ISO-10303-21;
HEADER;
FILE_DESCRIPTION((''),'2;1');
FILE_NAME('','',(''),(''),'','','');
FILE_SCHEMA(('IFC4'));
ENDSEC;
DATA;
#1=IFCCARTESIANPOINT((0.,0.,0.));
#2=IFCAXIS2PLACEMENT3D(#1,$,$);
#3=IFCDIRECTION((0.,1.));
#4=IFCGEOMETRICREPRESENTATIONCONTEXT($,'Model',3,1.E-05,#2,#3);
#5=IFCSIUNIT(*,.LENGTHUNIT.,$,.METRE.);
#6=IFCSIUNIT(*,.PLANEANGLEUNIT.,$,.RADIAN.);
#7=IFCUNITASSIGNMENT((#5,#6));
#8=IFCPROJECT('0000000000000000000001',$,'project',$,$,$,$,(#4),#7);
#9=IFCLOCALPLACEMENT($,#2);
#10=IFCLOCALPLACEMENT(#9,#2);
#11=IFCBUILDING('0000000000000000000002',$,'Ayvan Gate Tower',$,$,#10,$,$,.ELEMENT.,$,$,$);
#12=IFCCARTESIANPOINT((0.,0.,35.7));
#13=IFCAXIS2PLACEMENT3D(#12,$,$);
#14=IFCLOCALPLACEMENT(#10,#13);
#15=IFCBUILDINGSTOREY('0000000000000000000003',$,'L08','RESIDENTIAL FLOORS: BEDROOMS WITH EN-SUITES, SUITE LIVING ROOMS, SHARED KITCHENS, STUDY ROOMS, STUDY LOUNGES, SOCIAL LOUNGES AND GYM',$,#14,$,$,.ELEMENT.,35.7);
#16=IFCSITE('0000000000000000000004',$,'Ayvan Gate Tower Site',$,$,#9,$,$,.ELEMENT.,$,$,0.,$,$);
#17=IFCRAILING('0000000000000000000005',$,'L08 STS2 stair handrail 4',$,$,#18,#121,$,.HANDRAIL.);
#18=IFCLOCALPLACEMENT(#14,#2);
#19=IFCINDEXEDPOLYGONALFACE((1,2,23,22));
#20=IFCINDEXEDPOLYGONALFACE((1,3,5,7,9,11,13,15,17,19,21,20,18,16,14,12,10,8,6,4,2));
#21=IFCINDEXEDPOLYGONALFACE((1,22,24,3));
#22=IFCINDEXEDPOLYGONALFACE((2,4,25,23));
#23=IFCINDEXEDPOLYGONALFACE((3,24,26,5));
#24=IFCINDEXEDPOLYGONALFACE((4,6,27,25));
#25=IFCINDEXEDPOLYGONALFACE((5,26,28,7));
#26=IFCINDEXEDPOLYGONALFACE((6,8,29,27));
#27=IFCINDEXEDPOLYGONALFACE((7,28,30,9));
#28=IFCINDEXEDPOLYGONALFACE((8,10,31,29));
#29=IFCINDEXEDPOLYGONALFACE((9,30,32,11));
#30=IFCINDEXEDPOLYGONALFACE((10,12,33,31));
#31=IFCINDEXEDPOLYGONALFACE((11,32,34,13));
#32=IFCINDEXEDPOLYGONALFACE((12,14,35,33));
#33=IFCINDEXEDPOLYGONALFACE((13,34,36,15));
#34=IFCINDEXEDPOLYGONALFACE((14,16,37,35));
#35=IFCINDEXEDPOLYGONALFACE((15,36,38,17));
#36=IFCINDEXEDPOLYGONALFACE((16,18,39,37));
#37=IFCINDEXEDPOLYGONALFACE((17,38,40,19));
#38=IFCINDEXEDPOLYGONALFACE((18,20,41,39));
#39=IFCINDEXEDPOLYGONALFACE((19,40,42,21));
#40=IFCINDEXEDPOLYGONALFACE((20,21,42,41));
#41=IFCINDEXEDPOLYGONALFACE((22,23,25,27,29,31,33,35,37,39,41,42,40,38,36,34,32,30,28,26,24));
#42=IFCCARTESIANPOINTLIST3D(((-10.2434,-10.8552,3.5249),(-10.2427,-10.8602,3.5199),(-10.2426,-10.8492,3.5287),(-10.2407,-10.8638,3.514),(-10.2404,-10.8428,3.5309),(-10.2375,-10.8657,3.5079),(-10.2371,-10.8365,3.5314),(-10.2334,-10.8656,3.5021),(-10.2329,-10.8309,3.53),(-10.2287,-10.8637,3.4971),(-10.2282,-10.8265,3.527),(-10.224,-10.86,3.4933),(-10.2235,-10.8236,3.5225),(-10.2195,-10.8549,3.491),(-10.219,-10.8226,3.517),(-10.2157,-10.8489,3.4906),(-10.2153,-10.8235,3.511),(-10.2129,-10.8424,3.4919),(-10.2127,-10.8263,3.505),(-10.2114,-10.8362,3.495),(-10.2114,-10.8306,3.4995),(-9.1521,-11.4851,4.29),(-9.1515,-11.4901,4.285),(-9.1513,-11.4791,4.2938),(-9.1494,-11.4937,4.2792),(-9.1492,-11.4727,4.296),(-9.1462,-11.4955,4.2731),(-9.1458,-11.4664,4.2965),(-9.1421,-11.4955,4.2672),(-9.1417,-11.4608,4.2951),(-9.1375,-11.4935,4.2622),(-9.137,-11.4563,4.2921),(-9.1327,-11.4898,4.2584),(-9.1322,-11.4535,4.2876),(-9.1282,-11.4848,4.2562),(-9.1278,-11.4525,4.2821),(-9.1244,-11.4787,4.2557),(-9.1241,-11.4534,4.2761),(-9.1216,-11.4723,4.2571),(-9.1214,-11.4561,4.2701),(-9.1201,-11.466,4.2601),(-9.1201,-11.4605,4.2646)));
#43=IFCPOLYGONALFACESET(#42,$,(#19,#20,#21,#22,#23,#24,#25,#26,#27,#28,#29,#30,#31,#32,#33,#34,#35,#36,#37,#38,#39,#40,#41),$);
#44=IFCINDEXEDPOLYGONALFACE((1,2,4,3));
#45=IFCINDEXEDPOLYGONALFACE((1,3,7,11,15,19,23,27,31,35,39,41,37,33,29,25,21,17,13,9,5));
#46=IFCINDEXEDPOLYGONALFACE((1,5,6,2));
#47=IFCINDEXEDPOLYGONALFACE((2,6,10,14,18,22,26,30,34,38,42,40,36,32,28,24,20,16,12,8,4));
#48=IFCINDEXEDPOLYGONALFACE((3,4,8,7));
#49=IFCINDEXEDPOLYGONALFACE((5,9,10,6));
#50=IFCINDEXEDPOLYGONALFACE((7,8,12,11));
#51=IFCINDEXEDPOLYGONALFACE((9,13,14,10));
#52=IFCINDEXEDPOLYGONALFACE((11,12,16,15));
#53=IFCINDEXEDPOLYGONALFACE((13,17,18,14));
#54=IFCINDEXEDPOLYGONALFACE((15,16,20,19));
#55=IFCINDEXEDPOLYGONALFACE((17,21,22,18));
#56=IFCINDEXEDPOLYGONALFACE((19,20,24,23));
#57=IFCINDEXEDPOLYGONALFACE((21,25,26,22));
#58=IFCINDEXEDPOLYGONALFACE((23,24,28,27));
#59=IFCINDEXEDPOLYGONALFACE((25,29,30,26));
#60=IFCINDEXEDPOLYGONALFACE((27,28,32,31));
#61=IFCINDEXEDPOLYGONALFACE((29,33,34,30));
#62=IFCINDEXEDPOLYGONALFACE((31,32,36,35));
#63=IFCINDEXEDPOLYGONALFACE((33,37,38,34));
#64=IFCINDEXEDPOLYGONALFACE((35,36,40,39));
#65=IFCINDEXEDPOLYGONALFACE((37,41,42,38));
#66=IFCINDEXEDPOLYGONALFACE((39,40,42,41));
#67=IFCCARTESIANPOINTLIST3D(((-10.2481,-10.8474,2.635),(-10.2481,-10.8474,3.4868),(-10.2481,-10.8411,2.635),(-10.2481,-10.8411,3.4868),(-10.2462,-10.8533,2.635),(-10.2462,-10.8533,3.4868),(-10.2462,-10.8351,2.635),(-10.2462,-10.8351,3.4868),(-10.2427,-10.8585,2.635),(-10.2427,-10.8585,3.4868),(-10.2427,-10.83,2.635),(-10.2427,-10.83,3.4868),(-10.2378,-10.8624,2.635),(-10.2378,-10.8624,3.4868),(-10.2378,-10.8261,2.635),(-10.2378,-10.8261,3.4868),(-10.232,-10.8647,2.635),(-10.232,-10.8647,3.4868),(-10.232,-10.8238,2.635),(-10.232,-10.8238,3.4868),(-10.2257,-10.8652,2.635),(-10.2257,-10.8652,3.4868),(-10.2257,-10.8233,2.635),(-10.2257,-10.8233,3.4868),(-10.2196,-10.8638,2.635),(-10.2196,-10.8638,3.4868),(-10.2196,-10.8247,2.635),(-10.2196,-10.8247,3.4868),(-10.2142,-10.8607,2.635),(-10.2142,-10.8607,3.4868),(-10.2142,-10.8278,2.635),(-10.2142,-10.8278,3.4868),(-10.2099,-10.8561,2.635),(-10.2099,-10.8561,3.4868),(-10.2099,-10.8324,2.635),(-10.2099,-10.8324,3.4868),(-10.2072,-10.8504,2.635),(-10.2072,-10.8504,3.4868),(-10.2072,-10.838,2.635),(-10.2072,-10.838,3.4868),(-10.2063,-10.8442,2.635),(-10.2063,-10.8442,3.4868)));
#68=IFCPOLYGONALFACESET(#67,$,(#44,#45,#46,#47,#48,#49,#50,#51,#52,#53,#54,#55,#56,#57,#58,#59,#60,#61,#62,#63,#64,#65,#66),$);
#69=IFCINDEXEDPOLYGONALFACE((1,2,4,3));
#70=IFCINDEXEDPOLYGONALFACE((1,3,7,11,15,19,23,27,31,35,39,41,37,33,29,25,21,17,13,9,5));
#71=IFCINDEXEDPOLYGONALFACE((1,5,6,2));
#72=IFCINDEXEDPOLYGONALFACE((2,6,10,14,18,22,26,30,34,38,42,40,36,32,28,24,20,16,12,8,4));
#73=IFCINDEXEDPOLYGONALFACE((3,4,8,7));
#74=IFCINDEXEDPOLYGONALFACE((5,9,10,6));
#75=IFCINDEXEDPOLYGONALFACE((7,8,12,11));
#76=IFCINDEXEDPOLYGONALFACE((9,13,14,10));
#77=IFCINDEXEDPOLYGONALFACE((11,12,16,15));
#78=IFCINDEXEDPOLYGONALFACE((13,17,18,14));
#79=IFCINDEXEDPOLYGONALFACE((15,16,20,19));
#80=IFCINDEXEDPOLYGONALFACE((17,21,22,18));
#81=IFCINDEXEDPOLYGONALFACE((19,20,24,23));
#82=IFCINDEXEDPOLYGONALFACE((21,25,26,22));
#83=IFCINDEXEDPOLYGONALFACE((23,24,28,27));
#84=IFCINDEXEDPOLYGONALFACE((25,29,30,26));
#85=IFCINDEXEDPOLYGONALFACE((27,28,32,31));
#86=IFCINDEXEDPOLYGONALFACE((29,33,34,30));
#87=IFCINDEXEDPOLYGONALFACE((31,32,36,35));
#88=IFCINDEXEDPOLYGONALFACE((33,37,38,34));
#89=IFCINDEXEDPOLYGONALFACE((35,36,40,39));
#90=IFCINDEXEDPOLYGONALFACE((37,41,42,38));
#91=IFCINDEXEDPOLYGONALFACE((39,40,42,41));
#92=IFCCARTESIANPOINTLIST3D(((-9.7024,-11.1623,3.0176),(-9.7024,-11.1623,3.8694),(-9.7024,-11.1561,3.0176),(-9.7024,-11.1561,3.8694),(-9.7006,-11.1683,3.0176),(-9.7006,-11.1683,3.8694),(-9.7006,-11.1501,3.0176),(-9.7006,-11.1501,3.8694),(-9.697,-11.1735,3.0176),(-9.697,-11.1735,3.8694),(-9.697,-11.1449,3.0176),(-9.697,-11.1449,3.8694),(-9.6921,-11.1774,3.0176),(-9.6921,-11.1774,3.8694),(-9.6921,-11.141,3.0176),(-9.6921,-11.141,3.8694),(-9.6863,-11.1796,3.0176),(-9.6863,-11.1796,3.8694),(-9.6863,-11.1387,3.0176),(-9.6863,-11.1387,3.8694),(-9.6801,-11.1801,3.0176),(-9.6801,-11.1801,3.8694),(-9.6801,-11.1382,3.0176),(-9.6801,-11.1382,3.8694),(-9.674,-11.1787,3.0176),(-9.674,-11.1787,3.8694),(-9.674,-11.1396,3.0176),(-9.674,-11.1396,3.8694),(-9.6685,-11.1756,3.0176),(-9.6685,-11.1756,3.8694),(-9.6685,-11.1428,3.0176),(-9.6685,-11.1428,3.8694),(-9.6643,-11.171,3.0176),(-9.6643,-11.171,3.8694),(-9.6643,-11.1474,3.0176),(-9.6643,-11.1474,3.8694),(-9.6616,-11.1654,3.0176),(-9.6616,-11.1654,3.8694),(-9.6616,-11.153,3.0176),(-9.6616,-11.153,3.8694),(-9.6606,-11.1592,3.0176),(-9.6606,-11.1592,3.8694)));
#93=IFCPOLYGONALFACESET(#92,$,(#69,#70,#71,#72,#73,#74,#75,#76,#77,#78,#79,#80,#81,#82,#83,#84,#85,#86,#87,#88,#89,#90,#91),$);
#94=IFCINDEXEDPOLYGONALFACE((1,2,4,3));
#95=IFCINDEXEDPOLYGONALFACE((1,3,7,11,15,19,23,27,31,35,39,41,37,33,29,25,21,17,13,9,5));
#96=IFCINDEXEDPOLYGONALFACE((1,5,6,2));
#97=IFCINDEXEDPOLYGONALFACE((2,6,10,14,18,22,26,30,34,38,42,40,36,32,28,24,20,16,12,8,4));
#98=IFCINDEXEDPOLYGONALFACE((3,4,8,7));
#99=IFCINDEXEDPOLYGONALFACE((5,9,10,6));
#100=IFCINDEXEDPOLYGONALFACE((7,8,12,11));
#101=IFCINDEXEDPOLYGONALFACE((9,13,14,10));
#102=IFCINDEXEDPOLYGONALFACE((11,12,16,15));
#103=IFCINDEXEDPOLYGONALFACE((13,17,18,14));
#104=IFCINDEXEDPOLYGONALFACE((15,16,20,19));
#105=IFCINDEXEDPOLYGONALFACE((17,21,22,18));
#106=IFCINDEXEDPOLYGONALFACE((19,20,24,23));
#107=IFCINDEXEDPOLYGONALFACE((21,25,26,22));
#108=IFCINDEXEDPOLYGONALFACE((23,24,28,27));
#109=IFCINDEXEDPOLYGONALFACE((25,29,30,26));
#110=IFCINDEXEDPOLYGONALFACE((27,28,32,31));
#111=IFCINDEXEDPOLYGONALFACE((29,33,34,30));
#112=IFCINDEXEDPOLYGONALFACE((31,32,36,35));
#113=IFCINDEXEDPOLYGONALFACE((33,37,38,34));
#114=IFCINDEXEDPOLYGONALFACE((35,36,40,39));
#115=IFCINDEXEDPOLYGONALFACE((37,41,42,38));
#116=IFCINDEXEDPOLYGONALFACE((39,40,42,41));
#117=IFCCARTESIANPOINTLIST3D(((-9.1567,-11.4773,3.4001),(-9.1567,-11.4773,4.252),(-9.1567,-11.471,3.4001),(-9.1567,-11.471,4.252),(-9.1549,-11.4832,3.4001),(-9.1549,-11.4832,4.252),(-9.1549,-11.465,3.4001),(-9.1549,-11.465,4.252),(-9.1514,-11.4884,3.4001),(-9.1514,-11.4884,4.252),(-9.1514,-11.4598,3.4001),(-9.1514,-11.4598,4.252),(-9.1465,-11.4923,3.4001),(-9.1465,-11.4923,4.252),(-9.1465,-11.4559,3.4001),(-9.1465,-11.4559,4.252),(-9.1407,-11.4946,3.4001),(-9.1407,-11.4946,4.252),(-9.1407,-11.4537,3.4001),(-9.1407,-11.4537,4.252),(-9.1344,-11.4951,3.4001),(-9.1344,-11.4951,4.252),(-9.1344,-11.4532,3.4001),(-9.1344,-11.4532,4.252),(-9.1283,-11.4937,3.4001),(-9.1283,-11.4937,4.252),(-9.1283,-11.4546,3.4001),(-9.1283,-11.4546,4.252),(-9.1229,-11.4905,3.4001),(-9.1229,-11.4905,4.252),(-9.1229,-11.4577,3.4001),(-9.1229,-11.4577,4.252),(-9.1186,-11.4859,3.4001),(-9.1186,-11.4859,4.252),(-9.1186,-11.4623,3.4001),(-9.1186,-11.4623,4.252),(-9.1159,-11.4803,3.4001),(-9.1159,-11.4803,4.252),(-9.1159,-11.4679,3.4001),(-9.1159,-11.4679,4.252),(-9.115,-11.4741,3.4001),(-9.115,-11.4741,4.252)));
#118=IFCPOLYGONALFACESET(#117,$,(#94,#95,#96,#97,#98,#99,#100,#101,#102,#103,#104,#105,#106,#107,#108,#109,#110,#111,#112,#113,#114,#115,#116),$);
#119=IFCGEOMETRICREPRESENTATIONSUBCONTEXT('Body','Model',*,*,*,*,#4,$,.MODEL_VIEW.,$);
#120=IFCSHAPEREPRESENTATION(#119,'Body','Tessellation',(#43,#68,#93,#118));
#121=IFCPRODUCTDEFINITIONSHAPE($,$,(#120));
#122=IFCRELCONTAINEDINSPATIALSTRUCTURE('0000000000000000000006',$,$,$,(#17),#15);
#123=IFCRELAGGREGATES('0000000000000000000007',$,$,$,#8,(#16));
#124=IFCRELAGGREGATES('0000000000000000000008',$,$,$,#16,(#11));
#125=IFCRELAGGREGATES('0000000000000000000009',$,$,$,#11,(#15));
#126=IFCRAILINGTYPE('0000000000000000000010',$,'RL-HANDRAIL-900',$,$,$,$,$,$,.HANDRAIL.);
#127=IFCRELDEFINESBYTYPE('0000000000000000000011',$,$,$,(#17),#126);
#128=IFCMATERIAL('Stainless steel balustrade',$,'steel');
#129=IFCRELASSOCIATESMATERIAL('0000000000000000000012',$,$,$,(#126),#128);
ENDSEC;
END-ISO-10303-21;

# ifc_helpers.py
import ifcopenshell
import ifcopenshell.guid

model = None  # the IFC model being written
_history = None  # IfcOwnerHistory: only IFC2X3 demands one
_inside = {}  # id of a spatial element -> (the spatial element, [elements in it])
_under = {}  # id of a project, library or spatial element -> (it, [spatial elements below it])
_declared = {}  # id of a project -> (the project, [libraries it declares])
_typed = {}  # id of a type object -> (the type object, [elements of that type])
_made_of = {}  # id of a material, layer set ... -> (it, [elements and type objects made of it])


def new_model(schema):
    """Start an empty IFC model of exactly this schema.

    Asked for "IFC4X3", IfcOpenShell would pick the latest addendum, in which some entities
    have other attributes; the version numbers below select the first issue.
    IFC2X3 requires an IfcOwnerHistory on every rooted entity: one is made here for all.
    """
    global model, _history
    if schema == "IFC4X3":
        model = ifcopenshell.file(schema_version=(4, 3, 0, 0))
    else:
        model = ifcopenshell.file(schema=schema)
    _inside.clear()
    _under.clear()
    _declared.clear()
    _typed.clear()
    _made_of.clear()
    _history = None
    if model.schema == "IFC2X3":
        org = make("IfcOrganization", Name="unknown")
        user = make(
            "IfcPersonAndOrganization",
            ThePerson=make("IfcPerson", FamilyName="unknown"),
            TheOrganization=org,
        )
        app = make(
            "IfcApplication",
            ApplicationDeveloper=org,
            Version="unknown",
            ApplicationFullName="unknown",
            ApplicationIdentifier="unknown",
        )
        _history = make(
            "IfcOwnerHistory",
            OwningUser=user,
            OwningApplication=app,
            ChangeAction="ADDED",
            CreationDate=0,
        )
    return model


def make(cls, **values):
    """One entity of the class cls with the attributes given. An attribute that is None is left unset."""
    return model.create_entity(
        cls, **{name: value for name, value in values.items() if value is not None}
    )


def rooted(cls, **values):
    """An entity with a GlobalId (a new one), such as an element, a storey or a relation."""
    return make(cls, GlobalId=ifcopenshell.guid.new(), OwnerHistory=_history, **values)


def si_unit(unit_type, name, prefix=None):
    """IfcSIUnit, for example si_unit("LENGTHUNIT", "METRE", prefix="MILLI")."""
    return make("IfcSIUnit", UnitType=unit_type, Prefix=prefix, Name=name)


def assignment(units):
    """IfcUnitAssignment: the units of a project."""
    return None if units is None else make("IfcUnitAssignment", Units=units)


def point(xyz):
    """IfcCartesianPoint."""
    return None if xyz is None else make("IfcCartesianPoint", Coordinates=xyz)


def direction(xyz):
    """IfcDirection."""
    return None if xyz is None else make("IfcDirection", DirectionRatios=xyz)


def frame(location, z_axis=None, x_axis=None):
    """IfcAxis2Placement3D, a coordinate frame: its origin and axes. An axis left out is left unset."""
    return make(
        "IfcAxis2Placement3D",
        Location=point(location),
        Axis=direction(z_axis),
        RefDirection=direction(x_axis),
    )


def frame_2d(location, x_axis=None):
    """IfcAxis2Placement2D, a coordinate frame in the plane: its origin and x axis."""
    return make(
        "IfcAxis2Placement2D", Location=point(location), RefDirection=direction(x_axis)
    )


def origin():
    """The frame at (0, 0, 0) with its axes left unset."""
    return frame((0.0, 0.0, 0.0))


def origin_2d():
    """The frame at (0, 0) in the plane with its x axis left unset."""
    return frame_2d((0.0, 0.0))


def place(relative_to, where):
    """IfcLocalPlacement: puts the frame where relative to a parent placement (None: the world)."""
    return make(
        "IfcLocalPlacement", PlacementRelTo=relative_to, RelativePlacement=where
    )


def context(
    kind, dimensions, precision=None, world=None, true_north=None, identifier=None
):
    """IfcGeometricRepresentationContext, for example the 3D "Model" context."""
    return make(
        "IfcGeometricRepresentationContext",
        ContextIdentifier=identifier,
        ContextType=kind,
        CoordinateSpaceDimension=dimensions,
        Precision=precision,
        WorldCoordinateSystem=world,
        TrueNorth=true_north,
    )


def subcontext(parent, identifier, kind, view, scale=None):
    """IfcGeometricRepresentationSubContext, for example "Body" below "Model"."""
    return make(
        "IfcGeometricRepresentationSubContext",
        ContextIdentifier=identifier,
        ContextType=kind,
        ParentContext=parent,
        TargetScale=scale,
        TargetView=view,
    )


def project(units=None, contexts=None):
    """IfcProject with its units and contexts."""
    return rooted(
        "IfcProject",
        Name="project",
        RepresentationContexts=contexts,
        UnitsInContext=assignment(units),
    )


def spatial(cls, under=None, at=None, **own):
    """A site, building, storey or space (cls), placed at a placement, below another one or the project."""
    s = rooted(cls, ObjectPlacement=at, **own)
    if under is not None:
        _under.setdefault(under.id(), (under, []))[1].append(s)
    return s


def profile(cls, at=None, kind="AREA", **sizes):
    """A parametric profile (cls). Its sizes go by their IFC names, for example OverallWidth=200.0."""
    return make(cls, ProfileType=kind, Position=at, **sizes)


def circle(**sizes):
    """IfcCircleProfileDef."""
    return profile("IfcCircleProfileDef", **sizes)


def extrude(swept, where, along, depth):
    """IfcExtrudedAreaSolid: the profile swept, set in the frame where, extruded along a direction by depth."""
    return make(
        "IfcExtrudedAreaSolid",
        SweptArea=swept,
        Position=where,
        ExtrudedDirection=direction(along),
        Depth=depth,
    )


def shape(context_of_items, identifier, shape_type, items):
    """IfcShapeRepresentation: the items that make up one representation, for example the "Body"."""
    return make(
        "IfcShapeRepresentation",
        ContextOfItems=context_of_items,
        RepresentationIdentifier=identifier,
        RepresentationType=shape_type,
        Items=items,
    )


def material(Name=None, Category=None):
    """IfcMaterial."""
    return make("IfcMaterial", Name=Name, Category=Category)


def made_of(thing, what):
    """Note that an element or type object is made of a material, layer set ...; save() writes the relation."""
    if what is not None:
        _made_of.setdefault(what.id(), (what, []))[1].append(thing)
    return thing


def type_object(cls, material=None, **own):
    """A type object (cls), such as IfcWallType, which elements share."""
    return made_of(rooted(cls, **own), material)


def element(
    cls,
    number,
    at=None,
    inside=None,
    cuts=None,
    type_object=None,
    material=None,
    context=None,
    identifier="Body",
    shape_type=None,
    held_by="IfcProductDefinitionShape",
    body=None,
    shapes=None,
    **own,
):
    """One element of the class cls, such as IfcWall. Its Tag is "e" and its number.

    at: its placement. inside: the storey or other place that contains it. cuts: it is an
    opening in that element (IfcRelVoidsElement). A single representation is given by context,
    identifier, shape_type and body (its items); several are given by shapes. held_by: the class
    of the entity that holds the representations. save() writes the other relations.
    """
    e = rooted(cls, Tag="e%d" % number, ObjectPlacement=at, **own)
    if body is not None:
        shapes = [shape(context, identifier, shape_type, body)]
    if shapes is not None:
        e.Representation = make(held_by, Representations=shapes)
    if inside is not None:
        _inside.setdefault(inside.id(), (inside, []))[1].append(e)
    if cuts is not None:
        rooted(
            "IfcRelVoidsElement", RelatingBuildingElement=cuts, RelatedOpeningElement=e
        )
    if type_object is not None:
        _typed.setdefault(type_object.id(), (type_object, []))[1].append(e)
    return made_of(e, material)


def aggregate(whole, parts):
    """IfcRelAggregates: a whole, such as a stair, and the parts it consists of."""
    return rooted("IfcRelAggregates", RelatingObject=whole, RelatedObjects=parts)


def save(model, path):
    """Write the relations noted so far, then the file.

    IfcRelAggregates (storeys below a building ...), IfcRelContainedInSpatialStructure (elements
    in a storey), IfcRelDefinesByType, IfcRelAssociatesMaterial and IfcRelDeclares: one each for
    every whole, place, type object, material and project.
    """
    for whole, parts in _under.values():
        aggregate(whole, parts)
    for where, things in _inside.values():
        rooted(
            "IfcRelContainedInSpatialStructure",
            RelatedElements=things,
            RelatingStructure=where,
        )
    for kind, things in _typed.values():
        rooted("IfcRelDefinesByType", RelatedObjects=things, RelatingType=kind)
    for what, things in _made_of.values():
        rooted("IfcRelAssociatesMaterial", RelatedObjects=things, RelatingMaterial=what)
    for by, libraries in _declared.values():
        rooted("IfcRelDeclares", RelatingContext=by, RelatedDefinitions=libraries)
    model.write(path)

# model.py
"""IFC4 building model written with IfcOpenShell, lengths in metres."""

from ifc_helpers import new_model, si_unit, direction, frame, origin, origin_2d, place, context, subcontext, project, spatial, circle, extrude, material, type_object, element, save


model = new_model("IFC4")

# Units and contexts
model_context = context("Model", 3, precision=1e-05, world=origin(), true_north=direction((0.0, 1.0)))
body_context = subcontext(model_context, "Body", "Model", "MODEL_VIEW")
ifc_project = project(units=[si_unit("LENGTHUNIT", "METRE"), si_unit("PLANEANGLEUNIT", "RADIAN")], contexts=[model_context])

# Site, building, storey
site_placement = place(None, origin())
site = spatial("IfcSite", under=ifc_project, at=site_placement, Name="Ayvan Gate Tower Site", CompositionType="ELEMENT", RefElevation=0.0)
building_placement = place(site_placement, origin())
building = spatial("IfcBuilding", under=site, at=building_placement, Name="Ayvan Gate Tower", CompositionType="ELEMENT")
storey_placement = place(building_placement, frame((0.0, 0.0, 35.7)))
storey = spatial("IfcBuildingStorey", under=building, at=storey_placement, Name="L08", Description="RESIDENTIAL FLOORS: BEDROOMS WITH EN-SUITES, SUITE LIVING ROOMS, SHARED KITCHENS, STUDY ROOMS, STUDY LOUNGES, SOCIAL LOUNGES AND GYM", CompositionType="ELEMENT", Elevation=35.7)

# Railing
ifc_material_1 = material(Name="Stainless steel balustrade", Category="steel")
railing_type_1 = type_object("IfcRailingType", Name="RL-HANDRAIL-900", PredefinedType="HANDRAIL", material=ifc_material_1)
railing_1_placement = place(storey_placement, frame((-10.2273, -10.8442, 2.635)))
element("IfcRailing", 1, at=railing_1_placement, inside=storey, type_object=railing_type_1, Name="L08 STS2 stair handrail 4", PredefinedType="HANDRAIL", context=body_context, shape_type="SweptSolid", body=[
    extrude(circle(Radius=0.0239, at=origin_2d()), frame((0.0, 0.0, 0.876), z_axis=(0.740293, -0.427283, 0.519033), x_axis=(0.49989, 0.866089, 0.0)), (0.0, 0.0, 1.0), 1.4741),
    extrude(circle(Radius=0.021, at=origin_2d()), origin(), (0.0, 0.0, 1.0), 0.8518),
    extrude(circle(Radius=0.021, at=origin_2d()), frame((0.5457, -0.3149, 0.3826)), (0.0, 0.0, 1.0), 0.8518),
    extrude(circle(Radius=0.021, at=origin_2d()), frame((1.0913, -0.6299, 0.7651)), (0.0, 0.0, 1.0), 0.8518),
])

save(model, "model.ifc")
